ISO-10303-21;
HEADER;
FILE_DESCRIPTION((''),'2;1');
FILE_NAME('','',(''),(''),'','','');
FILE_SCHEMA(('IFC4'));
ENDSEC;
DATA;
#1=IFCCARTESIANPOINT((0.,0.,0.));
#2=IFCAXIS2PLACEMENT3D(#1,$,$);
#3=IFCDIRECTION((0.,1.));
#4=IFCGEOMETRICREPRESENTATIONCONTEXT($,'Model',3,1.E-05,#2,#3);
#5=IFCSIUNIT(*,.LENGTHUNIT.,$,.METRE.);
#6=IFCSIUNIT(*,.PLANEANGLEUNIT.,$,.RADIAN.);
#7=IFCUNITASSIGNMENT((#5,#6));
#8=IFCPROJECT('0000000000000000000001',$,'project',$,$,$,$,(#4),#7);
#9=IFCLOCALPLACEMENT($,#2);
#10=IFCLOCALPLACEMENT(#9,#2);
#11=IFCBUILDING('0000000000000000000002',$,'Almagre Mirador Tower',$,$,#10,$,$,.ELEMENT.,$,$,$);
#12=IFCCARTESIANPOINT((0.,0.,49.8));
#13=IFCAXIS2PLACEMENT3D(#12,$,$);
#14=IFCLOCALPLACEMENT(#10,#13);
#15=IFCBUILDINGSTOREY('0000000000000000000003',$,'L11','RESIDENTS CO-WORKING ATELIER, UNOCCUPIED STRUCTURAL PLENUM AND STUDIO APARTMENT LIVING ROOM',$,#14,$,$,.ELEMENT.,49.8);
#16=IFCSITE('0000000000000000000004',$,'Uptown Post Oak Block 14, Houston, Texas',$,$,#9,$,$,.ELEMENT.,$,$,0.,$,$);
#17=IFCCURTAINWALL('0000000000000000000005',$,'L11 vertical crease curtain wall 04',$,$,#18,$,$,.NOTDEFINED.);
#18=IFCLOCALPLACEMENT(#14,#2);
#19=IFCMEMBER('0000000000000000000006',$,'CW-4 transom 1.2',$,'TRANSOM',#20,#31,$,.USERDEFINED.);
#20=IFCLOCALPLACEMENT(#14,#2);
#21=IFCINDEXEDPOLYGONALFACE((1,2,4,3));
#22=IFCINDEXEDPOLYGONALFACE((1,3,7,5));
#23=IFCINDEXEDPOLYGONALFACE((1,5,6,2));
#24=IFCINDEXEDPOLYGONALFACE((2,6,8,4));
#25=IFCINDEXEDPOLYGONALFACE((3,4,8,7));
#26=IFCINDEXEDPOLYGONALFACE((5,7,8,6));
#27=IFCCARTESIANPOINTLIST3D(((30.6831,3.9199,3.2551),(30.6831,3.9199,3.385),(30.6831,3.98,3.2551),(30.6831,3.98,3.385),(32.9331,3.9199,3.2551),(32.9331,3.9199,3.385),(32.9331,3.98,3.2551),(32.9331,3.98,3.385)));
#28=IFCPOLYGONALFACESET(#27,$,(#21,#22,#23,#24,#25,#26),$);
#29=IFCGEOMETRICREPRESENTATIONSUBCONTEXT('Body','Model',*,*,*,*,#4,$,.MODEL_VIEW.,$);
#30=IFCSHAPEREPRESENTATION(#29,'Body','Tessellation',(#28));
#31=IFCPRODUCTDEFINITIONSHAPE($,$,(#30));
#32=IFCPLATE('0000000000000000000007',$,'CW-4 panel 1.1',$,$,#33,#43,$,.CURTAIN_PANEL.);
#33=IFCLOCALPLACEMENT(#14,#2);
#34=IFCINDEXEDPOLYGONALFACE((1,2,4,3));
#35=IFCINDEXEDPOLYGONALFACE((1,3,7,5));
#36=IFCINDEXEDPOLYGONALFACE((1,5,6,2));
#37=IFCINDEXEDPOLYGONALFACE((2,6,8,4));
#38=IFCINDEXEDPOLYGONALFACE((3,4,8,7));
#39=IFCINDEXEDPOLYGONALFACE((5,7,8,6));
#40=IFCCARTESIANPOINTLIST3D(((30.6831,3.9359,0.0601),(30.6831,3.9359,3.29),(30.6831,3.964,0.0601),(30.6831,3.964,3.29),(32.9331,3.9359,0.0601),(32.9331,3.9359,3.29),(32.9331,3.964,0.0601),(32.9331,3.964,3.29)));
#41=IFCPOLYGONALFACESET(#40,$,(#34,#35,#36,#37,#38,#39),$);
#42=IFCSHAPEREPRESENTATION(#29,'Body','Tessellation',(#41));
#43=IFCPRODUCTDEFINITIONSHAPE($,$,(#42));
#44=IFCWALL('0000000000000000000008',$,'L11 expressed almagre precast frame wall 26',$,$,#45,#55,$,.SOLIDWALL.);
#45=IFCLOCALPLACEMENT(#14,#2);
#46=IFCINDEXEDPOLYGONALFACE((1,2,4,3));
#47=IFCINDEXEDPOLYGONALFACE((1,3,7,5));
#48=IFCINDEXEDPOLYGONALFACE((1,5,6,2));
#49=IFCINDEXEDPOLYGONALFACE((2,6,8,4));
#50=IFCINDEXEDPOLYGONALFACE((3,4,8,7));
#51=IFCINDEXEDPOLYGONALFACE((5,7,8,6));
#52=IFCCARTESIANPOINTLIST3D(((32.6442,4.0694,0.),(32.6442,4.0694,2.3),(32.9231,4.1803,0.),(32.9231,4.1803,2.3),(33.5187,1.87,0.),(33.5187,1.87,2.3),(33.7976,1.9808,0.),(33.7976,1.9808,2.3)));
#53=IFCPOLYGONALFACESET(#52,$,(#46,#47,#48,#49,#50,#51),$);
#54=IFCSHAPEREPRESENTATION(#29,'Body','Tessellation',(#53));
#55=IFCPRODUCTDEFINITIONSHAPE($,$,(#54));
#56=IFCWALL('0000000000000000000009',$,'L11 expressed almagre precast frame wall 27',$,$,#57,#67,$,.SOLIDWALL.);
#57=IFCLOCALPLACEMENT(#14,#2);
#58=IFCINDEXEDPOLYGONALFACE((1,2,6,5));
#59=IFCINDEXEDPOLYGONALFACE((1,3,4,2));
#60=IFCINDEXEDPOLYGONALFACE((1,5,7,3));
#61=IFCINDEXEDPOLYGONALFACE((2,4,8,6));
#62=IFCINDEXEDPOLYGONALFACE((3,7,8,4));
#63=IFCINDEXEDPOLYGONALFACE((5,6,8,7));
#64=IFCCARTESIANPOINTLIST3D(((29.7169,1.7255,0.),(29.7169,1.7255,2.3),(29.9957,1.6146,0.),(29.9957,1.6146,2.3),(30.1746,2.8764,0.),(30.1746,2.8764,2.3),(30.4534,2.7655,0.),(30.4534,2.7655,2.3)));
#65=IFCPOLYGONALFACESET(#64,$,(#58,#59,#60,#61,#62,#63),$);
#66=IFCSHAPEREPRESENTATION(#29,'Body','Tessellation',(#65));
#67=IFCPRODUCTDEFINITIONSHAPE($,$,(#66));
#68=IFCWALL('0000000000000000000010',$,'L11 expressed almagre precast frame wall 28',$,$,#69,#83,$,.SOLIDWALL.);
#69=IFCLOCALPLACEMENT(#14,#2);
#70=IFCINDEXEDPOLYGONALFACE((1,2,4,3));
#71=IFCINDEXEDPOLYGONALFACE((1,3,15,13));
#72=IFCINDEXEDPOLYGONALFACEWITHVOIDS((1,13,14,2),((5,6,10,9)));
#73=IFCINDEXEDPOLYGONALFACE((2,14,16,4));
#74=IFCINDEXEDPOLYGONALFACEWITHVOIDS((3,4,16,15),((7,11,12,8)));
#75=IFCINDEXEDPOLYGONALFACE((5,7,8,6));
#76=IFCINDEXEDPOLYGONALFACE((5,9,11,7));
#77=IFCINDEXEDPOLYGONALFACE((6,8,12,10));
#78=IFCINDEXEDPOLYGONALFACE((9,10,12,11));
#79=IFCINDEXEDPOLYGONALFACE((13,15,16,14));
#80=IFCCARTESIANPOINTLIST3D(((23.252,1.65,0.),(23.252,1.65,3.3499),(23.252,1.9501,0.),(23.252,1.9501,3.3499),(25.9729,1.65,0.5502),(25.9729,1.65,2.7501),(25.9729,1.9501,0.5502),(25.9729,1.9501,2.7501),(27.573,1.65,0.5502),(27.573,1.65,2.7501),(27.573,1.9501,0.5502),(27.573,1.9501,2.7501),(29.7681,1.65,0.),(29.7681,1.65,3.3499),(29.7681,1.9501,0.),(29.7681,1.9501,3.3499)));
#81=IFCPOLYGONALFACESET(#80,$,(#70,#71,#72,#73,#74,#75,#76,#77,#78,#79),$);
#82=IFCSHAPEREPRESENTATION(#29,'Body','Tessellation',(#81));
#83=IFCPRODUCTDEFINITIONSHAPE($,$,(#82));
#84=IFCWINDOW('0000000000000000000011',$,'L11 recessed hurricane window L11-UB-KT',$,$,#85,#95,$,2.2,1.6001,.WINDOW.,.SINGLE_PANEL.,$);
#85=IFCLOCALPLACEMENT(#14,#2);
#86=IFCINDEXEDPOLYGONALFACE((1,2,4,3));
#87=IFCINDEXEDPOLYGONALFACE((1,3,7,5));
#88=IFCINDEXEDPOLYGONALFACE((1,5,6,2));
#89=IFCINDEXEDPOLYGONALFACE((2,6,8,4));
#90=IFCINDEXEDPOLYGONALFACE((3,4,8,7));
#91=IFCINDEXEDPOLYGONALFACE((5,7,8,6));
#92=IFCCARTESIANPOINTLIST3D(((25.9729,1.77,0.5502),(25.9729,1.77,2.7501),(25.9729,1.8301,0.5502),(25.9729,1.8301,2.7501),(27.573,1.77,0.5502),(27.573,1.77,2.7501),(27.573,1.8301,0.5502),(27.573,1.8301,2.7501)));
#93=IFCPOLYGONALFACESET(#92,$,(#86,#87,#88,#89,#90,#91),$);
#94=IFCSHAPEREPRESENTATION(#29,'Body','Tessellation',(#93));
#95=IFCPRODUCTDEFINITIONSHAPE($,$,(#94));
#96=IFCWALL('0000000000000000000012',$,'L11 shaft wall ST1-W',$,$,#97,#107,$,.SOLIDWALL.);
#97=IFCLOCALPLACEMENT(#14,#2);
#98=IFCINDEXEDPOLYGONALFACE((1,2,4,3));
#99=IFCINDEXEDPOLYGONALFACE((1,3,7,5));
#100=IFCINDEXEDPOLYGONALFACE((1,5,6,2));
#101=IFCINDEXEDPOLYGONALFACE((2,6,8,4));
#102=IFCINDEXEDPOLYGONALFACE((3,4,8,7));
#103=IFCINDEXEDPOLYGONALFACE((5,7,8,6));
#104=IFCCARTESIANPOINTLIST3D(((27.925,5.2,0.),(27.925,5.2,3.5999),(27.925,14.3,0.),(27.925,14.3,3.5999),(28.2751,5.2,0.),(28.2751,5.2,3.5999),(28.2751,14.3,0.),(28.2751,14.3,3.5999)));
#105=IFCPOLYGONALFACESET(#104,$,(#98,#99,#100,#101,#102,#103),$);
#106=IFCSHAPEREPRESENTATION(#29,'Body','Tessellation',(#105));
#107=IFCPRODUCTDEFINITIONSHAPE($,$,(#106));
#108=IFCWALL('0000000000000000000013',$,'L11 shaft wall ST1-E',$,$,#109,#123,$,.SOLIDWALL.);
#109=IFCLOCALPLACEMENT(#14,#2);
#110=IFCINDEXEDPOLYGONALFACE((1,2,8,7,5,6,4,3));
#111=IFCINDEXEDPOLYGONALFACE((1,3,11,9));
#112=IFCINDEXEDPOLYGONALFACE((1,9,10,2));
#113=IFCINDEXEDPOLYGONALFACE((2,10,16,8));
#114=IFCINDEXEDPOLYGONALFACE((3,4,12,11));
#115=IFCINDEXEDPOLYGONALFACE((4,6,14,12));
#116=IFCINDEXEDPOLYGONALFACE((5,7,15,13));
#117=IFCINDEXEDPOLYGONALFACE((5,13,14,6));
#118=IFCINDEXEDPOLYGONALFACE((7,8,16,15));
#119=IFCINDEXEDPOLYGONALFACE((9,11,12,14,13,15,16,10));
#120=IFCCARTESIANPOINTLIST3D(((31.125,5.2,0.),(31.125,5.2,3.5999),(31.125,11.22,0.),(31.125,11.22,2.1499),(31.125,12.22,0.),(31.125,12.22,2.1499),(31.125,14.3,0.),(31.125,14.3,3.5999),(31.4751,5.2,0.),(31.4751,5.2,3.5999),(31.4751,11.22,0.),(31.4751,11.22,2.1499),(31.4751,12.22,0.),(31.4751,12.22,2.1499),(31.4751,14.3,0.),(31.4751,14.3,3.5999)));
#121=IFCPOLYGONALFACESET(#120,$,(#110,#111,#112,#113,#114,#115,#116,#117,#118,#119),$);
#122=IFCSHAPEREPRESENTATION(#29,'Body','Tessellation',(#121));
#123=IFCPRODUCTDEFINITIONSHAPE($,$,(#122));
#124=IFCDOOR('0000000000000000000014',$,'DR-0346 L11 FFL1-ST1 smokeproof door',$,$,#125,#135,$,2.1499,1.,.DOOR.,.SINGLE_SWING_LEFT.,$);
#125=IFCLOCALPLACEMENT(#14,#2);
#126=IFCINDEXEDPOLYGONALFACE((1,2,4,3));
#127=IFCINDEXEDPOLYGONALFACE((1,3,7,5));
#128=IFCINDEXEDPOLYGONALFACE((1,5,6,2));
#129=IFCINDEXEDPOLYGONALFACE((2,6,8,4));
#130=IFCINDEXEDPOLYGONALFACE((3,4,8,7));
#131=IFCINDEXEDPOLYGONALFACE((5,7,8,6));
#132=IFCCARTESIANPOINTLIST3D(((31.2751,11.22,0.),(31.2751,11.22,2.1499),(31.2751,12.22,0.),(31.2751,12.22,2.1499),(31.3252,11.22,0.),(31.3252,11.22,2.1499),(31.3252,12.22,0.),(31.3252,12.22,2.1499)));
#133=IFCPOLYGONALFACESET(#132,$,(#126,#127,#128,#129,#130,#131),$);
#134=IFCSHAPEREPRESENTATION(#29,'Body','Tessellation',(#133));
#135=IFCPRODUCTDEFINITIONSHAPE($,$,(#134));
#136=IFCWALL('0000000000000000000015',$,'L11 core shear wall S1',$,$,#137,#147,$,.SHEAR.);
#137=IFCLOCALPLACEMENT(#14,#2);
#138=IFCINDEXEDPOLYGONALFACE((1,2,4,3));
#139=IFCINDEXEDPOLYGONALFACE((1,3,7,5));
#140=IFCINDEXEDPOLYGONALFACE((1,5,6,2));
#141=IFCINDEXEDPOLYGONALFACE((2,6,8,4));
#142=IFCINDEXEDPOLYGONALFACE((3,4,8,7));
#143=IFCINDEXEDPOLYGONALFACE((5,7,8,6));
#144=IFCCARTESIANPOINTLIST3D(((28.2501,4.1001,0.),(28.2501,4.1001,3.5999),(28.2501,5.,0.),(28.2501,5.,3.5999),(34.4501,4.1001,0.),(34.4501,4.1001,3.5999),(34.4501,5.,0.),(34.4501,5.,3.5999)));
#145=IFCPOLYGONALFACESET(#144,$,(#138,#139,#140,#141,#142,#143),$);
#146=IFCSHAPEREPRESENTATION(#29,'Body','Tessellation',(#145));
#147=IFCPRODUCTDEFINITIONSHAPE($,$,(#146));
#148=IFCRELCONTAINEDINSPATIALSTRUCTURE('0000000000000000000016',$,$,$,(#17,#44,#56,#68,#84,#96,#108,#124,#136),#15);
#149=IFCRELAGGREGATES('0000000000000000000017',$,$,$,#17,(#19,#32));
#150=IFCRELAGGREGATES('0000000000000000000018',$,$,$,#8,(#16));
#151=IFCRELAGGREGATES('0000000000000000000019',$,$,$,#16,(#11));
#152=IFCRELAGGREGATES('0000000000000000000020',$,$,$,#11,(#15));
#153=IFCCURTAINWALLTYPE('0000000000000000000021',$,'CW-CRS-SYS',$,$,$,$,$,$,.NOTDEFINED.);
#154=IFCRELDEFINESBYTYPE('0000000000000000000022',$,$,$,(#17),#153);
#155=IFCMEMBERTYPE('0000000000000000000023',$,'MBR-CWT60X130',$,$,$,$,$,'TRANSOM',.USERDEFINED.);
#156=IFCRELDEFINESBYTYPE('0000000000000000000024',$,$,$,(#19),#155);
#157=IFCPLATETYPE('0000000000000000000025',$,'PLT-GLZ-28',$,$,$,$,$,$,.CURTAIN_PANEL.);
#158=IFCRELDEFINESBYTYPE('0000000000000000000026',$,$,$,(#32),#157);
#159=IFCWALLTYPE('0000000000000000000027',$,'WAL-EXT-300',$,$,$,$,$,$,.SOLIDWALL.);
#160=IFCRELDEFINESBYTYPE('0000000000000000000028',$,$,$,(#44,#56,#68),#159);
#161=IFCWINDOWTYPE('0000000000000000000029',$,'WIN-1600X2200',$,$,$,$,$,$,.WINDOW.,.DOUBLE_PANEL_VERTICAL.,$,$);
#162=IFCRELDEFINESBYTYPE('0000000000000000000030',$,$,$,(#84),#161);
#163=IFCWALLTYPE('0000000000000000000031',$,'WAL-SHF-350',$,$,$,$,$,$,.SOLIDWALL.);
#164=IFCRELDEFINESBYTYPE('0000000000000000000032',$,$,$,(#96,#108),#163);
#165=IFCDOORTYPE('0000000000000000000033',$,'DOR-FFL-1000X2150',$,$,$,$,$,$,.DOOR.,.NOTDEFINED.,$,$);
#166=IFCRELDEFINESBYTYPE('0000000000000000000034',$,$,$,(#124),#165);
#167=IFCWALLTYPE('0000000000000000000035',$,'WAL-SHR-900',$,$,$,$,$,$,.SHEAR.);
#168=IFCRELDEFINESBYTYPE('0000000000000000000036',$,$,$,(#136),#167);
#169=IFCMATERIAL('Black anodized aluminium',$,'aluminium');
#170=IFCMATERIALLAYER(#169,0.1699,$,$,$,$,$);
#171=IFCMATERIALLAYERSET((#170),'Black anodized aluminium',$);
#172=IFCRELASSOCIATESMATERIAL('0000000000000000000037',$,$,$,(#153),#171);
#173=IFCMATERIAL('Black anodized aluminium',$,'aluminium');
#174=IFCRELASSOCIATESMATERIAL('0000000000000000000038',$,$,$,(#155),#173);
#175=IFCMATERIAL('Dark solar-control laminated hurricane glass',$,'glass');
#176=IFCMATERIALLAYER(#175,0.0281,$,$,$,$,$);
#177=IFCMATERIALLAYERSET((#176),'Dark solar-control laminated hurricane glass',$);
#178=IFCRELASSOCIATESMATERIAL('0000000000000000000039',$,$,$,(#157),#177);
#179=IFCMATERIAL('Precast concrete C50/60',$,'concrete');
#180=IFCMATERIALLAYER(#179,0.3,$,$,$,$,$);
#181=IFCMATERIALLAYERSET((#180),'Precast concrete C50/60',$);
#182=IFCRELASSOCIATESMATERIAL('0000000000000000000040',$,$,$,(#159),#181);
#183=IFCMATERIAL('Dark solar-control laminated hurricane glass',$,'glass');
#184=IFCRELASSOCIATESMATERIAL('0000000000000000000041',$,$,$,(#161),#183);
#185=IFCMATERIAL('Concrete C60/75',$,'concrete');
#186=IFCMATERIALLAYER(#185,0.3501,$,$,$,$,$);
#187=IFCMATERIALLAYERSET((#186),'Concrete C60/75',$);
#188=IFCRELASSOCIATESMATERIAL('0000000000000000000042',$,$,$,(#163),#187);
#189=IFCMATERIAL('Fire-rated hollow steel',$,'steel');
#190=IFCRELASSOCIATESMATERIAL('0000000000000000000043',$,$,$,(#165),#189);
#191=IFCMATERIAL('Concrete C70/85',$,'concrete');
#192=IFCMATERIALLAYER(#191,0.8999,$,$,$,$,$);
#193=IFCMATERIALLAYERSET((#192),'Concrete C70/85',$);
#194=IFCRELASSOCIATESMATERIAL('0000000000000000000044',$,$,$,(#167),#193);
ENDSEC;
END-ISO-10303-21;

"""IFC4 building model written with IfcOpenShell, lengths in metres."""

from ifc_helpers import new_model, si_unit, direction, frame, frame_2d, origin, origin_2d, place, context, subcontext, project, spatial, rectangle, extrude, material, layer, layer_set, material_profile, profile_set, type_object, element, fill, aggregate, save


model = new_model("IFC4")

# Units and contexts
model_context = context("Model", 3, precision=1e-05, world=origin(), true_north=direction((0.0, 1.0)))
body_context = subcontext(model_context, "Body", "Model", "MODEL_VIEW")
ifc_project = project(units=[si_unit("LENGTHUNIT", "METRE"), si_unit("PLANEANGLEUNIT", "RADIAN")], contexts=[model_context])

# Site, building, storey
site_placement = place(None, origin())
site = spatial("IfcSite", under=ifc_project, at=site_placement, Name="Uptown Post Oak Block 14, Houston, Texas", CompositionType="ELEMENT", RefElevation=0.0)
building_placement = place(site_placement, origin())
building = spatial("IfcBuilding", under=site, at=building_placement, Name="Almagre Mirador Tower", CompositionType="ELEMENT")
storey_placement = place(building_placement, frame((0.0, 0.0, 49.8)))
storey = spatial("IfcBuildingStorey", under=building, at=storey_placement, Name="L11", Description="RESIDENTS CO-WORKING ATELIER, UNOCCUPIED STRUCTURAL PLENUM AND STUDIO APARTMENT LIVING ROOM", CompositionType="ELEMENT", Elevation=49.8)

# Curtain wall, member, plate
ifc_material_1 = material(Name="Black anodized aluminium", Category="aluminium")
ifc_layer_1 = layer(ifc_material_1, 0.1699)
ifc_layer_set_1 = layer_set([ifc_layer_1], Name="Black anodized aluminium")
curtain_wall_type = type_object("IfcCurtainWallType", Name="CW-CRS-SYS", PredefinedType="NOTDEFINED", material=ifc_layer_set_1)
curtain_wall_placement = place(storey_placement, origin())
curtain_wall = element("IfcCurtainWall", 1, at=curtain_wall_placement, inside=storey, type_object=curtain_wall_type, Name="L11 vertical crease curtain wall 04", PredefinedType="NOTDEFINED")
ifc_material_2 = material(Name="Black anodized aluminium", Category="aluminium")
ifc_material_profile_1 = material_profile(ifc_material_2, rectangle(XDim=0.0601, YDim=0.1299, at=origin_2d()), Name="CWT60X130")
ifc_profile_set_1 = profile_set([ifc_material_profile_1], Name="Black anodized aluminium")
member_type_1 = type_object("IfcMemberType", Name="MBR-CWT60X130", ElementType="TRANSOM", PredefinedType="USERDEFINED", material=ifc_profile_set_1)
member_1_placement = place(storey_placement, frame((32.9331, 3.95, 3.3201), z_axis=(-1.0, 0.0, 0.0), x_axis=(0.0, -1.0, 0.0)))
member_1 = element("IfcMember", 2, at=member_1_placement, type_object=member_type_1, Name="CW-4 transom 1.2", ObjectType="TRANSOM", PredefinedType="USERDEFINED", context=body_context, shape_type="SweptSolid", body=[
    extrude(rectangle(XDim=0.0601, YDim=0.1299, at=origin_2d()), origin(), (0.0, 0.0, 1.0), 2.25),
])
ifc_material_3 = material(Name="Dark solar-control laminated hurricane glass", Category="glass")
ifc_layer_2 = layer(ifc_material_3, 0.0281)
ifc_layer_set_2 = layer_set([ifc_layer_2], Name="Dark solar-control laminated hurricane glass")
plate_type = type_object("IfcPlateType", Name="PLT-GLZ-28", PredefinedType="CURTAIN_PANEL", material=ifc_layer_set_2)
plate_placement = place(storey_placement, frame((31.8081, 3.95, 0.0601), z_axis=(0.0, 0.0, 1.0), x_axis=(-1.0, 0.0, 0.0)))
plate = element("IfcPlate", 3, at=plate_placement, type_object=plate_type, Name="CW-4 panel 1.1", PredefinedType="CURTAIN_PANEL", context=body_context, shape_type="SweptSolid", body=[
    extrude(rectangle(XDim=2.25, YDim=0.0281, at=origin_2d()), origin(), (0.0, 0.0, 1.0), 3.23),
])
aggregate(curtain_wall, [member_1, plate])

# Walls
ifc_material_4 = material(Name="Precast concrete C50/60", Category="concrete")
ifc_layer_3 = layer(ifc_material_4, 0.3)
ifc_layer_set_3 = layer_set([ifc_layer_3], Name="Precast concrete C50/60")
wall_type_1 = type_object("IfcWallType", Name="WAL-EXT-300", PredefinedType="SOLIDWALL", material=ifc_layer_set_3)
wall_1_placement = place(storey_placement, frame((33.6582, 1.9253, 0.0), z_axis=(0.0, 0.0, 1.0), x_axis=(-0.369469, 0.929243, 0.0)))
element("IfcWall", 4, at=wall_1_placement, inside=storey, type_object=wall_type_1, Name="L11 expressed almagre precast frame wall 26", PredefinedType="SOLIDWALL", context=body_context, shape_type="SweptSolid", body=[
    extrude(rectangle(XDim=2.3669, YDim=0.3, at=frame_2d((1.1836, 0.0))), origin(), (0.0, 0.0, 1.0), 2.3),
])
wall_2_placement = place(storey_placement, frame((30.314, 2.8208, 0.0), z_axis=(0.0, 0.0, 1.0), x_axis=(-0.369589, -0.929195, 0.0)))
element("IfcWall", 5, at=wall_2_placement, inside=storey, type_object=wall_type_1, Name="L11 expressed almagre precast frame wall 27", PredefinedType="SOLIDWALL", context=body_context, shape_type="SweptSolid", body=[
    extrude(rectangle(XDim=1.2385, YDim=0.3, at=frame_2d((0.6191, 0.0))), origin(), (0.0, 0.0, 1.0), 2.3),
])

# Wall, opening, window
wall_3_placement = place(storey_placement, frame((29.7681, 1.8, 0.0), z_axis=(0.0, 0.0, 1.0), x_axis=(-1.0, 0.0, 0.0)))
wall_3 = element("IfcWall", 6, at=wall_3_placement, inside=storey, type_object=wall_type_1, Name="L11 expressed almagre precast frame wall 28", PredefinedType="SOLIDWALL", context=body_context, shape_type="SweptSolid", body=[
    extrude(rectangle(XDim=6.5161, YDim=0.3, at=frame_2d((3.2581, 0.0))), origin(), (0.0, 0.0, 1.0), 3.3499),
])
opening_1_placement = place(wall_3_placement, frame((2.1951, 0.0, 0.55)))
opening_1 = element("IfcOpeningElement", 7, at=opening_1_placement, cuts=wall_3, PredefinedType="OPENING", context=body_context, shape_type="SweptSolid", body=[
    extrude(rectangle(XDim=1.6001, YDim=2.2, at=frame_2d((0.8, 1.1001))), frame((0.0, 0.1599, 0.0), z_axis=(0.0, -1.0, 0.0), x_axis=(1.0, 0.0, 0.0)), (0.0, 0.0, 1.0), 0.32),
])
ifc_material_5 = material(Name="Dark solar-control laminated hurricane glass", Category="glass")
window_type = type_object("IfcWindowType", Name="WIN-1600X2200", PartitioningType="DOUBLE_PANEL_VERTICAL", PredefinedType="WINDOW", material=ifc_material_5)
window_placement = place(opening_1_placement, origin())
window = element("IfcWindow", 8, at=window_placement, inside=storey, type_object=window_type, Name="L11 recessed hurricane window L11-UB-KT", OverallHeight=2.2, OverallWidth=1.6001, PartitioningType="SINGLE_PANEL", PredefinedType="WINDOW", context=body_context, shape_type="SweptSolid", body=[
    extrude(rectangle(XDim=1.6001, YDim=2.2, at=frame_2d((0.8, 1.1001))), frame((0.0, 0.03, 0.0), z_axis=(0.0, -1.0, 0.0), x_axis=(1.0, 0.0, 0.0)), (0.0, 0.0, 1.0), 0.0601),
])
fill(opening_1, window)

# Wall
ifc_material_6 = material(Name="Concrete C60/75", Category="concrete")
ifc_layer_4 = layer(ifc_material_6, 0.3501)
ifc_layer_set_4 = layer_set([ifc_layer_4], Name="Concrete C60/75")
wall_type_2 = type_object("IfcWallType", Name="WAL-SHF-350", PredefinedType="SOLIDWALL", material=ifc_layer_set_4)
wall_4_placement = place(storey_placement, frame((28.1001, 5.2, 0.0), z_axis=(0.0, 0.0, 1.0), x_axis=(0.0, 1.0, 0.0)))
element("IfcWall", 9, at=wall_4_placement, inside=storey, type_object=wall_type_2, Name="L11 shaft wall ST1-W", PredefinedType="SOLIDWALL", context=body_context, shape_type="SweptSolid", body=[
    extrude(rectangle(XDim=9.1001, YDim=0.3501, at=frame_2d((4.55, 0.0))), origin(), (0.0, 0.0, 1.0), 3.5999),
])

# Wall, opening, door
wall_5_placement = place(storey_placement, frame((31.3, 5.2, 0.0), z_axis=(0.0, 0.0, 1.0), x_axis=(0.0, 1.0, 0.0)))
wall_5 = element("IfcWall", 10, at=wall_5_placement, inside=storey, type_object=wall_type_2, Name="L11 shaft wall ST1-E", PredefinedType="SOLIDWALL", context=body_context, shape_type="SweptSolid", body=[
    extrude(rectangle(XDim=9.1001, YDim=0.3501, at=frame_2d((4.55, 0.0))), origin(), (0.0, 0.0, 1.0), 3.5999),
])
opening_2_placement = place(wall_5_placement, frame((6.02, 0.0, 0.0)))
opening_2 = element("IfcOpeningElement", 11, at=opening_2_placement, cuts=wall_5, PredefinedType="OPENING", context=body_context, shape_type="SweptSolid", body=[
    extrude(rectangle(XDim=1.0, YDim=2.1499, at=frame_2d((0.5, 1.075))), frame((0.0, 0.185, 0.0), z_axis=(0.0, -1.0, 0.0), x_axis=(1.0, 0.0, 0.0)), (0.0, 0.0, 1.0), 0.3701),
])
ifc_material_7 = material(Name="Fire-rated hollow steel", Category="steel")
door_type = type_object("IfcDoorType", Name="DOR-FFL-1000X2150", OperationType="NOTDEFINED", PredefinedType="DOOR", material=ifc_material_7)
door_placement = place(opening_2_placement, origin())
door = element("IfcDoor", 12, at=door_placement, inside=storey, type_object=door_type, Name="DR-0346 L11 FFL1-ST1 smokeproof door", OperationType="SINGLE_SWING_LEFT", OverallHeight=2.1499, OverallWidth=1.0, PredefinedType="DOOR", context=body_context, shape_type="SweptSolid", body=[
    extrude(rectangle(XDim=1.0, YDim=2.1499, at=frame_2d((0.5, 1.075))), frame((0.0, 0.0249, 0.0), z_axis=(0.0, -1.0, 0.0), x_axis=(1.0, 0.0, 0.0)), (0.0, 0.0, 1.0), 0.05),
])
fill(opening_2, door)

# Wall
ifc_material_8 = material(Name="Concrete C70/85", Category="concrete")
ifc_layer_5 = layer(ifc_material_8, 0.8999)
ifc_layer_set_5 = layer_set([ifc_layer_5], Name="Concrete C70/85")
wall_type_3 = type_object("IfcWallType", Name="WAL-SHR-900", PredefinedType="SHEAR", material=ifc_layer_set_5)
wall_6_placement = place(storey_placement, frame((28.25, 4.55, 0.0), z_axis=(0.0, 0.0, 1.0), x_axis=(1.0, 0.0, 0.0)))
element("IfcWall", 13, at=wall_6_placement, inside=storey, type_object=wall_type_3, Name="L11 core shear wall S1", PredefinedType="SHEAR", context=body_context, shape_type="SweptSolid", body=[
    extrude(rectangle(XDim=6.2, YDim=0.8999, at=frame_2d((3.1001, 0.0))), origin(), (0.0, 0.0, 1.0), 3.5999),
])

save(model, "model.ifc")
